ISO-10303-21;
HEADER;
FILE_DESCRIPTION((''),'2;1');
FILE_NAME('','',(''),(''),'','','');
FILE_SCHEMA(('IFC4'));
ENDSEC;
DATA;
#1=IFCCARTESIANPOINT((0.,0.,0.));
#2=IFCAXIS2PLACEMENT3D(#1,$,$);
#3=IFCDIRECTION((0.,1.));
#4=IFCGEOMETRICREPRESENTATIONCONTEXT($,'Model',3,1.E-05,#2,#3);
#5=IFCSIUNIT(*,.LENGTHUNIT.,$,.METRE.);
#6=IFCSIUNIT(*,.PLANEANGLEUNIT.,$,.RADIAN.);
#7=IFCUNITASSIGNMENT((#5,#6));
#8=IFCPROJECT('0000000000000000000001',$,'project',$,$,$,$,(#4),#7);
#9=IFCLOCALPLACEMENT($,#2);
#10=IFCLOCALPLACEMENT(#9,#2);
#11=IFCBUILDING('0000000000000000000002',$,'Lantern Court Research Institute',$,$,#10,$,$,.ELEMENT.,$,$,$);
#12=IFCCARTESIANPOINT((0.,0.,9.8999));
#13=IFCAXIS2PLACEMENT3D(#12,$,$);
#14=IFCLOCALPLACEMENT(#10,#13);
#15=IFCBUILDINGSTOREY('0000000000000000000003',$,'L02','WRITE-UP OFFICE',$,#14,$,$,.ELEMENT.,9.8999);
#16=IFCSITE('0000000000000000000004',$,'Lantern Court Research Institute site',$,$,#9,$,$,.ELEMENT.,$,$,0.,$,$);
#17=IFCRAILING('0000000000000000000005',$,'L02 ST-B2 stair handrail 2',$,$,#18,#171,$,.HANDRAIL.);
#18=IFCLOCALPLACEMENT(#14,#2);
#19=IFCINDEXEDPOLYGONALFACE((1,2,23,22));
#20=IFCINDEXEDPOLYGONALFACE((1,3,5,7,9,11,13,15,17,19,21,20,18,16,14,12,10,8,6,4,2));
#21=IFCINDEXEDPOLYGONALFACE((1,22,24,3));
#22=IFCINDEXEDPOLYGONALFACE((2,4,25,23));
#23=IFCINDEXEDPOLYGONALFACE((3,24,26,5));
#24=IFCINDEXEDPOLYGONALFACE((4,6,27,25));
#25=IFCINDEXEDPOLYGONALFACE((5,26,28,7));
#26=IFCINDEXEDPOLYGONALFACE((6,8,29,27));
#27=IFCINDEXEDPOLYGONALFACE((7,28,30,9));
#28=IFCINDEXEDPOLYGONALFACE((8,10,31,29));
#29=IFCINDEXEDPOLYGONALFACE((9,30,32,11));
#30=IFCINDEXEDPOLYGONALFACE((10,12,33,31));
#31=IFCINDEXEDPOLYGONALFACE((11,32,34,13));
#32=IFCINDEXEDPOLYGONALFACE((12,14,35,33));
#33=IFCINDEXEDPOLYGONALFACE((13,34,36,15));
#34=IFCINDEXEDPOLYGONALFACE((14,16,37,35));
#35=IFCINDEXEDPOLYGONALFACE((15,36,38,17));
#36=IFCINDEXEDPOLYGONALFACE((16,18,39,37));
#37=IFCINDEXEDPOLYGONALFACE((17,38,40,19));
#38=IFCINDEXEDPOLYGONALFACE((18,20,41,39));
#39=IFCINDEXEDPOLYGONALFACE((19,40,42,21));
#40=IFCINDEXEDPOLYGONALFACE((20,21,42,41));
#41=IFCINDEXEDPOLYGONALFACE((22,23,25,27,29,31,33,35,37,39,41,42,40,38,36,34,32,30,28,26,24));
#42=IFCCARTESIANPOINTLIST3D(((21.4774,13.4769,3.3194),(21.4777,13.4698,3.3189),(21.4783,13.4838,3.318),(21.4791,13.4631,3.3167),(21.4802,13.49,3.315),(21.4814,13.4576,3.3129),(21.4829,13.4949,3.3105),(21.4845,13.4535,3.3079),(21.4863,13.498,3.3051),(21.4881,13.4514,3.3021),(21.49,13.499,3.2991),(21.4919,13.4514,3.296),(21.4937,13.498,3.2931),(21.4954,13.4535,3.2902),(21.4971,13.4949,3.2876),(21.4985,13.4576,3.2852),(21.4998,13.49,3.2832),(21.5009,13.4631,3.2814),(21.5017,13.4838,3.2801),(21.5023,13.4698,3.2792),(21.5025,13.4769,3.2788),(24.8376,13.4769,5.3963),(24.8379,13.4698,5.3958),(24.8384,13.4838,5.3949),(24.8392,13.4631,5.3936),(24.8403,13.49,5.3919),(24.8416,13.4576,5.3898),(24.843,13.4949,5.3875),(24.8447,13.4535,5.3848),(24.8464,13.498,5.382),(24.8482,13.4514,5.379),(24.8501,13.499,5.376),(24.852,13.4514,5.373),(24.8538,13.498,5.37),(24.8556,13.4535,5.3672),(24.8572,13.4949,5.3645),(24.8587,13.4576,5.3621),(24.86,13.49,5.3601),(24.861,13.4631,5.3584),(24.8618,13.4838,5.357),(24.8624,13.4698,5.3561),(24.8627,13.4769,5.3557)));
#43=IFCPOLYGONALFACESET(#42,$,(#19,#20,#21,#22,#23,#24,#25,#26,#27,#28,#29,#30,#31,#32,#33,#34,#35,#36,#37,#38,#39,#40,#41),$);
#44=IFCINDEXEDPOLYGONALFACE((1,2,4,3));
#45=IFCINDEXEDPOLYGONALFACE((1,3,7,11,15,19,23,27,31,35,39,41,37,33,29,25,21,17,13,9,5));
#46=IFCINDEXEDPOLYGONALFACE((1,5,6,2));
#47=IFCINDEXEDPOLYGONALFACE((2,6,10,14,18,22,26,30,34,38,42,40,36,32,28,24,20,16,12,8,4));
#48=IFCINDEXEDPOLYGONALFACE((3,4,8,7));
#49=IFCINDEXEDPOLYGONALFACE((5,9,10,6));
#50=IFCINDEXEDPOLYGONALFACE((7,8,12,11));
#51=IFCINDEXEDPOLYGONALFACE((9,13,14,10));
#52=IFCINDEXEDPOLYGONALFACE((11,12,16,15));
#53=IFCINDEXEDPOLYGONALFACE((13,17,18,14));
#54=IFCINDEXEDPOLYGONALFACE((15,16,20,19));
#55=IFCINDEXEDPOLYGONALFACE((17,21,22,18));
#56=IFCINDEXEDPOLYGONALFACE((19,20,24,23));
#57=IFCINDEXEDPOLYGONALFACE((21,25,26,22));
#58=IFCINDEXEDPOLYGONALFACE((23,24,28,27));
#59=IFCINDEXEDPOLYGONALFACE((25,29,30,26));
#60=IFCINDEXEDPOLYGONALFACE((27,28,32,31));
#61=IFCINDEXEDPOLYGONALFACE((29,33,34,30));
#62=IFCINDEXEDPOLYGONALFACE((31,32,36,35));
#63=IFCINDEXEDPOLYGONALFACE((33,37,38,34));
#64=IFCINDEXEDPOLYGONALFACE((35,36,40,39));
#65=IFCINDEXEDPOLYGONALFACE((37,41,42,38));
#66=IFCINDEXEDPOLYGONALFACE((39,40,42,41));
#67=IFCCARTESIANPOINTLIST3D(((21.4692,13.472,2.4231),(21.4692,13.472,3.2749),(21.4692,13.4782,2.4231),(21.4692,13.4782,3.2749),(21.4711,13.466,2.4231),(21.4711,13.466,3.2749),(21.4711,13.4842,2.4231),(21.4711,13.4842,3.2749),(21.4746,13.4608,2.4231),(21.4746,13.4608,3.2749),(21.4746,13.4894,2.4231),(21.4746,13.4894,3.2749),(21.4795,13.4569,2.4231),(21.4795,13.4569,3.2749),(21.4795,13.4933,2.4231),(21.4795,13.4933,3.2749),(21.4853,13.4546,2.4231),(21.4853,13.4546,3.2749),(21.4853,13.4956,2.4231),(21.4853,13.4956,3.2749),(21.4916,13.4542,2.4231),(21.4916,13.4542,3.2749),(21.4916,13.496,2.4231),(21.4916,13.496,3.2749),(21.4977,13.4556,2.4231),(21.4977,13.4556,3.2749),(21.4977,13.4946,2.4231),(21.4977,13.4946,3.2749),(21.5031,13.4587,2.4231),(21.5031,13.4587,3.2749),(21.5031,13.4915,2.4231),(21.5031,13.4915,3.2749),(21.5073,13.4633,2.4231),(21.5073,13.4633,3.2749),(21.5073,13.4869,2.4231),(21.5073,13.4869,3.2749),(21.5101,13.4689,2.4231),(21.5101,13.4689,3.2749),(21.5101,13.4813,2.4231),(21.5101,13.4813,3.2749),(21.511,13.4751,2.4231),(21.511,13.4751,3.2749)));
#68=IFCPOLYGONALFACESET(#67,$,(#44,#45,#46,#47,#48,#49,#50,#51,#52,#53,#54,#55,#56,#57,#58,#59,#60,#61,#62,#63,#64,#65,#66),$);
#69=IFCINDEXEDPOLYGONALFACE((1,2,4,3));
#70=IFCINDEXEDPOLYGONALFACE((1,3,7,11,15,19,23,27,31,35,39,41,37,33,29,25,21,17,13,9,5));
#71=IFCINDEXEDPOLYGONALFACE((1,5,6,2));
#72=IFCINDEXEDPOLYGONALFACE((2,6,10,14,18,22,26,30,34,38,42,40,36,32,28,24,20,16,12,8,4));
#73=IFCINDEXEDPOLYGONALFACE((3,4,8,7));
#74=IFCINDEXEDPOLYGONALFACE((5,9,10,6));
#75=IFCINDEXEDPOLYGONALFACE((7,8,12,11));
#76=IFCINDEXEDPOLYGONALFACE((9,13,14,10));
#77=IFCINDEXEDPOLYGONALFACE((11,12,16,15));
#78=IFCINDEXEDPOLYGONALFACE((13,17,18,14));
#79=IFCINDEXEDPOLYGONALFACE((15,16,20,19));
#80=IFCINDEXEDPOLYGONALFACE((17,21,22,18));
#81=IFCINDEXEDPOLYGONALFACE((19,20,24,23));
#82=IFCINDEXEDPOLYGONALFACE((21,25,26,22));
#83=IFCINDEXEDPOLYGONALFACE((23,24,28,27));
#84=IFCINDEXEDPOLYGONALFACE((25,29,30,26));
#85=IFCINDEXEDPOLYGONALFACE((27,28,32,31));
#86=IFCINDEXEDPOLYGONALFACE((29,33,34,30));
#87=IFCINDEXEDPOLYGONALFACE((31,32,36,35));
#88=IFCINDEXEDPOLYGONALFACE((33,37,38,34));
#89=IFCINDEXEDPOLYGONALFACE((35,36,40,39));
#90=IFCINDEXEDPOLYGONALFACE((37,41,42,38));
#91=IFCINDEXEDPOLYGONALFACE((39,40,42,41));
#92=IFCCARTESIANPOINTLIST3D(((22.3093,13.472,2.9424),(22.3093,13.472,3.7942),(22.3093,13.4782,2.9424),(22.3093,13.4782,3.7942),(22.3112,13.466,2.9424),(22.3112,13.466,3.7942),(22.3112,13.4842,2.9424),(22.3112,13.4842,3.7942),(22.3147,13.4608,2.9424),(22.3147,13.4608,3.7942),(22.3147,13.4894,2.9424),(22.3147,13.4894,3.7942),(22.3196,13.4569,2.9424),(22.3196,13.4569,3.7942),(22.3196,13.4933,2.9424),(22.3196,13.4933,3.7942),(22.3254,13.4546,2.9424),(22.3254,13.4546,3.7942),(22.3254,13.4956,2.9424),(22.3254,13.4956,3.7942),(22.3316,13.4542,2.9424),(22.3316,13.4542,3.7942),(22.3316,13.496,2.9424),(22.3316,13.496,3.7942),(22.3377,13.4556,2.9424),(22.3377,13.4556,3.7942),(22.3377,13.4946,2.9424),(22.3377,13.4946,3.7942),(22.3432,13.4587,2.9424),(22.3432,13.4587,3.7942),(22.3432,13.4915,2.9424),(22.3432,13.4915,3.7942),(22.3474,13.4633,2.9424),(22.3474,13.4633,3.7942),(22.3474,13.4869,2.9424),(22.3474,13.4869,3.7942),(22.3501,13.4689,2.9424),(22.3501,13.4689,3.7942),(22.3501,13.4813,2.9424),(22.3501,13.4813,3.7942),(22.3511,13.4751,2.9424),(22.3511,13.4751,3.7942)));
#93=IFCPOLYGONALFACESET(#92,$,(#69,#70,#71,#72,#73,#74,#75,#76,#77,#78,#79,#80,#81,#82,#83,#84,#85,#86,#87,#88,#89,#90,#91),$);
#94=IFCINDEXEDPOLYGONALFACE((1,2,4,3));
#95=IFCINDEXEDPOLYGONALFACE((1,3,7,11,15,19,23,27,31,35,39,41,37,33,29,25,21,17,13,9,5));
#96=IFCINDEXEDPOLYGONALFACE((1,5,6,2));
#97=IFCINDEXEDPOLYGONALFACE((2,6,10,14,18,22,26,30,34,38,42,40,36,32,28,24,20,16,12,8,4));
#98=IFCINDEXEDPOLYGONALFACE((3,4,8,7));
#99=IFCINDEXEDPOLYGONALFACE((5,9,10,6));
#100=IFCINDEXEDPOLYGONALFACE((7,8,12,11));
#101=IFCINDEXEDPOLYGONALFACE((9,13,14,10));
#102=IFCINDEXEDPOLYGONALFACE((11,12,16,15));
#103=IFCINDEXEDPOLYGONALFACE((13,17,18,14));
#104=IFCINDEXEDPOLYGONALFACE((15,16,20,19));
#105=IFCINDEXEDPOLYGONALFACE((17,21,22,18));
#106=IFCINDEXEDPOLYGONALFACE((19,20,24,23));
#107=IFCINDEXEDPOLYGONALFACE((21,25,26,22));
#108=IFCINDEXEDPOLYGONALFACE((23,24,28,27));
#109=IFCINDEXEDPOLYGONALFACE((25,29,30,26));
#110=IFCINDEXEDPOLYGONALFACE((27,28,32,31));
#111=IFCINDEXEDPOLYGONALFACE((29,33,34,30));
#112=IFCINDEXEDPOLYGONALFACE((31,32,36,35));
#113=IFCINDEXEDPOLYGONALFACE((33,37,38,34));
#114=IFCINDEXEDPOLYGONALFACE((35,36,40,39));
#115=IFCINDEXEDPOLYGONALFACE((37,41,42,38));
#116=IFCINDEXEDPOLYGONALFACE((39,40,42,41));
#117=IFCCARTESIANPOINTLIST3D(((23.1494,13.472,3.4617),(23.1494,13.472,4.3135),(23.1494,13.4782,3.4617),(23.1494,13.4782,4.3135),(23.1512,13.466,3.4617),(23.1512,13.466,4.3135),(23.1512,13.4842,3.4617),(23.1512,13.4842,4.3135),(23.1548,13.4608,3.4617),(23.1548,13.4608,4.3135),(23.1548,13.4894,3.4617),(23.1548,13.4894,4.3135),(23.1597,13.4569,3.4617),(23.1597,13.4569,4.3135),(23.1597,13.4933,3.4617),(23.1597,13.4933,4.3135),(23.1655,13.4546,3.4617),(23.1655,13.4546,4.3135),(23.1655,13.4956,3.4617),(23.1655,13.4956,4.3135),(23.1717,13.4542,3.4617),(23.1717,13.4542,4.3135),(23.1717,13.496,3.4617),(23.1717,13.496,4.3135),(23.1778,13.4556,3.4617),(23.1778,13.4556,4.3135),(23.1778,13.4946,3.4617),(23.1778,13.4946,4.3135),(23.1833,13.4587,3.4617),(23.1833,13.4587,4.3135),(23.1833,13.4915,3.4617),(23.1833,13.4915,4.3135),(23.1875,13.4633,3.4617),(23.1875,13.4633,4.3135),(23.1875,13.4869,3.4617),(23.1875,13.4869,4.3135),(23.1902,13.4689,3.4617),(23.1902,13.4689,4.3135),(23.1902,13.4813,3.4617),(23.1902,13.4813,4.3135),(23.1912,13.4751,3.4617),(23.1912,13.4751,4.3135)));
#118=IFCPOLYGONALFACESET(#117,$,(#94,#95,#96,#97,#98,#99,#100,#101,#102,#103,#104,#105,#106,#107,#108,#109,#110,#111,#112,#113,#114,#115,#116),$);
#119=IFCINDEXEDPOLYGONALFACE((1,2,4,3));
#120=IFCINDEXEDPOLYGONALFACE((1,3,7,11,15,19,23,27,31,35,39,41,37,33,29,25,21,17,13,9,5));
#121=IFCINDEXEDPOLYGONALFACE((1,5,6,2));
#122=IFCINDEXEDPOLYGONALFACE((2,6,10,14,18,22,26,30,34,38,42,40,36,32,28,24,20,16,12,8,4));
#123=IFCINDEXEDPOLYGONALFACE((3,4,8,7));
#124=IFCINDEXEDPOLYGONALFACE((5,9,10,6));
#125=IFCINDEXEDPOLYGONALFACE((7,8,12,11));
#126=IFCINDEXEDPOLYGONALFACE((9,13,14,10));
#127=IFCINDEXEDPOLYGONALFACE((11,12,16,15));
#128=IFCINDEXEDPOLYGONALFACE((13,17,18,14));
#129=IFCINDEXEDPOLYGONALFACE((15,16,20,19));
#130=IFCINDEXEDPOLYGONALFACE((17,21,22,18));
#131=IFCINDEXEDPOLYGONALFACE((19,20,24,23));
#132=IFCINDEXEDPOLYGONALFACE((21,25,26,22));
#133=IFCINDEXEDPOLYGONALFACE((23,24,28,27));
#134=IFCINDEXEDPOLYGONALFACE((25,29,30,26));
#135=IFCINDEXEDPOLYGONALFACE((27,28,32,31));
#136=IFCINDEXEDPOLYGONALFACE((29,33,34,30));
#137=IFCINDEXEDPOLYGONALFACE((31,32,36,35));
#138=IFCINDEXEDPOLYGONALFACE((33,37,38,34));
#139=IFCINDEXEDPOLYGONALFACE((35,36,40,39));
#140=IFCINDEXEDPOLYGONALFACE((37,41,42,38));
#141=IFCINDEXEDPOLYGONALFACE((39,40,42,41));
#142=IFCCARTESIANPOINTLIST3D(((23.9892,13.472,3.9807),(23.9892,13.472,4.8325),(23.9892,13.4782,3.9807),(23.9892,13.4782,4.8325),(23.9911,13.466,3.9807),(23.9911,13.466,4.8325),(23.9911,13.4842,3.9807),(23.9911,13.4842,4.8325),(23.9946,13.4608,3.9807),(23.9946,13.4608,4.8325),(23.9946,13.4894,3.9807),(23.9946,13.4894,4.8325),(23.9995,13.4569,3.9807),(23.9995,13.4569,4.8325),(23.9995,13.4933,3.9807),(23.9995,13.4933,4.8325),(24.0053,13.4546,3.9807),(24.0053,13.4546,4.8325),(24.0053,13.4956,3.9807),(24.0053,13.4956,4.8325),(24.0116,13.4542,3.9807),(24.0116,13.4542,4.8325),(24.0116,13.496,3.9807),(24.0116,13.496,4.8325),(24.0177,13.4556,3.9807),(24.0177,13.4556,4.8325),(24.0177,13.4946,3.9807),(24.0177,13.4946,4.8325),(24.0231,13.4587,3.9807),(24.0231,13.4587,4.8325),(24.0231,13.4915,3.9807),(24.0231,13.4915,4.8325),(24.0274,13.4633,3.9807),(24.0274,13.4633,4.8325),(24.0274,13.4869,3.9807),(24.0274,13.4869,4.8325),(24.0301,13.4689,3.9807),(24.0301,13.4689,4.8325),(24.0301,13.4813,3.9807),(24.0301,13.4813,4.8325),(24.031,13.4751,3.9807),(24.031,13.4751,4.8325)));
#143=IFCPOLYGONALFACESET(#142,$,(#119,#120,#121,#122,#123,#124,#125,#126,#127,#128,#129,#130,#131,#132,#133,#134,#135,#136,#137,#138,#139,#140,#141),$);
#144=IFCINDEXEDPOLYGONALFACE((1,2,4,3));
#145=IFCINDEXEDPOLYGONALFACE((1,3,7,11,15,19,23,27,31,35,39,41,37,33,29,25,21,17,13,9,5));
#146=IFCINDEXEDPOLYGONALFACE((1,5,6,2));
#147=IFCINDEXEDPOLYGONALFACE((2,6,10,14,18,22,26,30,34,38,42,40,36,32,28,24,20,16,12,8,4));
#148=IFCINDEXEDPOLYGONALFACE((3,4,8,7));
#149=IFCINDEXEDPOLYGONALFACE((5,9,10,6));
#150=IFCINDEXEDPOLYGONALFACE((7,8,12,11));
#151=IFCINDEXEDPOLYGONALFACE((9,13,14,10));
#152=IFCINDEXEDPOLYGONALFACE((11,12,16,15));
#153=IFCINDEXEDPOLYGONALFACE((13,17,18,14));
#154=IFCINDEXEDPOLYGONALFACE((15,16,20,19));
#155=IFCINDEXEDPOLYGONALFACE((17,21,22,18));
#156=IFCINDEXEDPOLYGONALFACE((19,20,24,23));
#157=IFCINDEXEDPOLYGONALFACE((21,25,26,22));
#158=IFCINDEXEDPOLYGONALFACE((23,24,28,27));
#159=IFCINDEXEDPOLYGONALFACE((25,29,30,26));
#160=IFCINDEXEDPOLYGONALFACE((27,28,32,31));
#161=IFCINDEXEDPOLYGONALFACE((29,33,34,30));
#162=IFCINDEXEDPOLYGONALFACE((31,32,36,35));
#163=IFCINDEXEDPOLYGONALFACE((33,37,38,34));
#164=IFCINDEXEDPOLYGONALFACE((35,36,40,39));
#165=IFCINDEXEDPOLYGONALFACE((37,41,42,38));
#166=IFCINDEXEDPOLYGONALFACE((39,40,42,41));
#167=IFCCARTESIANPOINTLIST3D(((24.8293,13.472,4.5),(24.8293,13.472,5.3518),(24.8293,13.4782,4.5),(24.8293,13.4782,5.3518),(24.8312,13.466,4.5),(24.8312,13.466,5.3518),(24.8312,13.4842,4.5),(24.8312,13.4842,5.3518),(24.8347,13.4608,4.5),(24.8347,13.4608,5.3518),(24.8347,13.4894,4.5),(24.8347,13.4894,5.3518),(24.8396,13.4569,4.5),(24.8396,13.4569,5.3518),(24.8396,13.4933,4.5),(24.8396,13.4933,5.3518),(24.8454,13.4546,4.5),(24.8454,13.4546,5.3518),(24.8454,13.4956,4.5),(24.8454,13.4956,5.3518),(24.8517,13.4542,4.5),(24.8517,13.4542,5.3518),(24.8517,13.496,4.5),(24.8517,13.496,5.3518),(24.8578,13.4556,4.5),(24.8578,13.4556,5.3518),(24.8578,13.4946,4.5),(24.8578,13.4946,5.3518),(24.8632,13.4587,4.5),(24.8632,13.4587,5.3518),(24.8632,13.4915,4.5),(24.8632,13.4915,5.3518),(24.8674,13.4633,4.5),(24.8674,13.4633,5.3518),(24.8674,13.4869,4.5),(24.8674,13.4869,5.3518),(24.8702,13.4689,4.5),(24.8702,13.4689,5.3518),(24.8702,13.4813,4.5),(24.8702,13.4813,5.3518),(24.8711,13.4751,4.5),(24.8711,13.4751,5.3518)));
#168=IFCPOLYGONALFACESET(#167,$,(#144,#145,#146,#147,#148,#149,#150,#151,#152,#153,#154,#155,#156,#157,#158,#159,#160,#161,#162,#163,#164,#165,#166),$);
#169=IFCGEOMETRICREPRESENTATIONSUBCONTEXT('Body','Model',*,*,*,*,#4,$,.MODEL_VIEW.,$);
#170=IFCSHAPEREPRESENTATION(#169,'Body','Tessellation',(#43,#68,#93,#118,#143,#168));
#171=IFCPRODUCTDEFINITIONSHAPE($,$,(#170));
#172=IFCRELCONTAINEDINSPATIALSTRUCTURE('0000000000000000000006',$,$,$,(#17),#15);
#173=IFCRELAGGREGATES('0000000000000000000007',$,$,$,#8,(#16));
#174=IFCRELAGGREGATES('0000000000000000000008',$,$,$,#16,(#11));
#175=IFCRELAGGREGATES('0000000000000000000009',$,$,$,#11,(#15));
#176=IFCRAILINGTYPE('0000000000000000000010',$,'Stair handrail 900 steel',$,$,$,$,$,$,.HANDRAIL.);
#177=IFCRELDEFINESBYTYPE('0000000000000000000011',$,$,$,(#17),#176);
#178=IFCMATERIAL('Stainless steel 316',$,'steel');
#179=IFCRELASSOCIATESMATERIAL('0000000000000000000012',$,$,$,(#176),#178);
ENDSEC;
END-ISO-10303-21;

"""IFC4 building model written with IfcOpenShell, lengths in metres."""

from ifc_helpers import new_model, si_unit, direction, frame, origin, origin_2d, place, context, subcontext, project, spatial, circle, extrude, material, type_object, element, save


model = new_model("IFC4")

# Units and contexts
model_context = context("Model", 3, precision=1e-05, world=origin(), true_north=direction((0.0, 1.0)))
body_context = subcontext(model_context, "Body", "Model", "MODEL_VIEW")
ifc_project = project(units=[si_unit("LENGTHUNIT", "METRE"), si_unit("PLANEANGLEUNIT", "RADIAN")], contexts=[model_context])

# Site, building, storey
site_placement = place(None, origin())
site = spatial("IfcSite", under=ifc_project, at=site_placement, Name="Lantern Court Research Institute site", CompositionType="ELEMENT", RefElevation=0.0)
building_placement = place(site_placement, origin())
building = spatial("IfcBuilding", under=site, at=building_placement, Name="Lantern Court Research Institute", CompositionType="ELEMENT")
storey_placement = place(building_placement, frame((0.0, 0.0, 9.8999)))
storey = spatial("IfcBuildingStorey", under=building, at=storey_placement, Name="L02", Description="WRITE-UP OFFICE", CompositionType="ELEMENT", Elevation=9.8999)

# Railing
ifc_material_1 = material(Name="Stainless steel 316", Category="steel")
railing_type_1 = type_object("IfcRailingType", Name="Stair handrail 900 steel", PredefinedType="HANDRAIL", material=ifc_material_1)
railing_1_placement = place(storey_placement, frame((21.49, 13.4751, 2.4231)))
element("IfcRailing", 1, at=railing_1_placement, inside=storey, type_object=railing_type_1, Name="L02 ST-B2 stair handrail 2", PredefinedType="HANDRAIL", context=body_context, shape_type="SweptSolid", body=[
    extrude(circle(Radius=0.0239, at=origin_2d()), frame((0.0, 0.0, 0.876), z_axis=(0.850623, 0.0, 0.525776), x_axis=(0.0, 1.0, 0.0)), (0.0, 0.0, 1.0), 3.9502),
    extrude(circle(Radius=0.021, at=origin_2d()), origin(), (0.0, 0.0, 1.0), 0.8518),
    extrude(circle(Radius=0.021, at=origin_2d()), frame((0.8401, 0.0, 0.5193)), (0.0, 0.0, 1.0), 0.8518),
    extrude(circle(Radius=0.021, at=origin_2d()), frame((1.6802, 0.0, 1.0386)), (0.0, 0.0, 1.0), 0.8518),
    extrude(circle(Radius=0.021, at=origin_2d()), frame((2.52, 0.0, 1.5576)), (0.0, 0.0, 1.0), 0.8518),
    extrude(circle(Radius=0.021, at=origin_2d()), frame((3.3601, 0.0, 2.0769)), (0.0, 0.0, 1.0), 0.8518),
])

save(model, "model.ifc")
